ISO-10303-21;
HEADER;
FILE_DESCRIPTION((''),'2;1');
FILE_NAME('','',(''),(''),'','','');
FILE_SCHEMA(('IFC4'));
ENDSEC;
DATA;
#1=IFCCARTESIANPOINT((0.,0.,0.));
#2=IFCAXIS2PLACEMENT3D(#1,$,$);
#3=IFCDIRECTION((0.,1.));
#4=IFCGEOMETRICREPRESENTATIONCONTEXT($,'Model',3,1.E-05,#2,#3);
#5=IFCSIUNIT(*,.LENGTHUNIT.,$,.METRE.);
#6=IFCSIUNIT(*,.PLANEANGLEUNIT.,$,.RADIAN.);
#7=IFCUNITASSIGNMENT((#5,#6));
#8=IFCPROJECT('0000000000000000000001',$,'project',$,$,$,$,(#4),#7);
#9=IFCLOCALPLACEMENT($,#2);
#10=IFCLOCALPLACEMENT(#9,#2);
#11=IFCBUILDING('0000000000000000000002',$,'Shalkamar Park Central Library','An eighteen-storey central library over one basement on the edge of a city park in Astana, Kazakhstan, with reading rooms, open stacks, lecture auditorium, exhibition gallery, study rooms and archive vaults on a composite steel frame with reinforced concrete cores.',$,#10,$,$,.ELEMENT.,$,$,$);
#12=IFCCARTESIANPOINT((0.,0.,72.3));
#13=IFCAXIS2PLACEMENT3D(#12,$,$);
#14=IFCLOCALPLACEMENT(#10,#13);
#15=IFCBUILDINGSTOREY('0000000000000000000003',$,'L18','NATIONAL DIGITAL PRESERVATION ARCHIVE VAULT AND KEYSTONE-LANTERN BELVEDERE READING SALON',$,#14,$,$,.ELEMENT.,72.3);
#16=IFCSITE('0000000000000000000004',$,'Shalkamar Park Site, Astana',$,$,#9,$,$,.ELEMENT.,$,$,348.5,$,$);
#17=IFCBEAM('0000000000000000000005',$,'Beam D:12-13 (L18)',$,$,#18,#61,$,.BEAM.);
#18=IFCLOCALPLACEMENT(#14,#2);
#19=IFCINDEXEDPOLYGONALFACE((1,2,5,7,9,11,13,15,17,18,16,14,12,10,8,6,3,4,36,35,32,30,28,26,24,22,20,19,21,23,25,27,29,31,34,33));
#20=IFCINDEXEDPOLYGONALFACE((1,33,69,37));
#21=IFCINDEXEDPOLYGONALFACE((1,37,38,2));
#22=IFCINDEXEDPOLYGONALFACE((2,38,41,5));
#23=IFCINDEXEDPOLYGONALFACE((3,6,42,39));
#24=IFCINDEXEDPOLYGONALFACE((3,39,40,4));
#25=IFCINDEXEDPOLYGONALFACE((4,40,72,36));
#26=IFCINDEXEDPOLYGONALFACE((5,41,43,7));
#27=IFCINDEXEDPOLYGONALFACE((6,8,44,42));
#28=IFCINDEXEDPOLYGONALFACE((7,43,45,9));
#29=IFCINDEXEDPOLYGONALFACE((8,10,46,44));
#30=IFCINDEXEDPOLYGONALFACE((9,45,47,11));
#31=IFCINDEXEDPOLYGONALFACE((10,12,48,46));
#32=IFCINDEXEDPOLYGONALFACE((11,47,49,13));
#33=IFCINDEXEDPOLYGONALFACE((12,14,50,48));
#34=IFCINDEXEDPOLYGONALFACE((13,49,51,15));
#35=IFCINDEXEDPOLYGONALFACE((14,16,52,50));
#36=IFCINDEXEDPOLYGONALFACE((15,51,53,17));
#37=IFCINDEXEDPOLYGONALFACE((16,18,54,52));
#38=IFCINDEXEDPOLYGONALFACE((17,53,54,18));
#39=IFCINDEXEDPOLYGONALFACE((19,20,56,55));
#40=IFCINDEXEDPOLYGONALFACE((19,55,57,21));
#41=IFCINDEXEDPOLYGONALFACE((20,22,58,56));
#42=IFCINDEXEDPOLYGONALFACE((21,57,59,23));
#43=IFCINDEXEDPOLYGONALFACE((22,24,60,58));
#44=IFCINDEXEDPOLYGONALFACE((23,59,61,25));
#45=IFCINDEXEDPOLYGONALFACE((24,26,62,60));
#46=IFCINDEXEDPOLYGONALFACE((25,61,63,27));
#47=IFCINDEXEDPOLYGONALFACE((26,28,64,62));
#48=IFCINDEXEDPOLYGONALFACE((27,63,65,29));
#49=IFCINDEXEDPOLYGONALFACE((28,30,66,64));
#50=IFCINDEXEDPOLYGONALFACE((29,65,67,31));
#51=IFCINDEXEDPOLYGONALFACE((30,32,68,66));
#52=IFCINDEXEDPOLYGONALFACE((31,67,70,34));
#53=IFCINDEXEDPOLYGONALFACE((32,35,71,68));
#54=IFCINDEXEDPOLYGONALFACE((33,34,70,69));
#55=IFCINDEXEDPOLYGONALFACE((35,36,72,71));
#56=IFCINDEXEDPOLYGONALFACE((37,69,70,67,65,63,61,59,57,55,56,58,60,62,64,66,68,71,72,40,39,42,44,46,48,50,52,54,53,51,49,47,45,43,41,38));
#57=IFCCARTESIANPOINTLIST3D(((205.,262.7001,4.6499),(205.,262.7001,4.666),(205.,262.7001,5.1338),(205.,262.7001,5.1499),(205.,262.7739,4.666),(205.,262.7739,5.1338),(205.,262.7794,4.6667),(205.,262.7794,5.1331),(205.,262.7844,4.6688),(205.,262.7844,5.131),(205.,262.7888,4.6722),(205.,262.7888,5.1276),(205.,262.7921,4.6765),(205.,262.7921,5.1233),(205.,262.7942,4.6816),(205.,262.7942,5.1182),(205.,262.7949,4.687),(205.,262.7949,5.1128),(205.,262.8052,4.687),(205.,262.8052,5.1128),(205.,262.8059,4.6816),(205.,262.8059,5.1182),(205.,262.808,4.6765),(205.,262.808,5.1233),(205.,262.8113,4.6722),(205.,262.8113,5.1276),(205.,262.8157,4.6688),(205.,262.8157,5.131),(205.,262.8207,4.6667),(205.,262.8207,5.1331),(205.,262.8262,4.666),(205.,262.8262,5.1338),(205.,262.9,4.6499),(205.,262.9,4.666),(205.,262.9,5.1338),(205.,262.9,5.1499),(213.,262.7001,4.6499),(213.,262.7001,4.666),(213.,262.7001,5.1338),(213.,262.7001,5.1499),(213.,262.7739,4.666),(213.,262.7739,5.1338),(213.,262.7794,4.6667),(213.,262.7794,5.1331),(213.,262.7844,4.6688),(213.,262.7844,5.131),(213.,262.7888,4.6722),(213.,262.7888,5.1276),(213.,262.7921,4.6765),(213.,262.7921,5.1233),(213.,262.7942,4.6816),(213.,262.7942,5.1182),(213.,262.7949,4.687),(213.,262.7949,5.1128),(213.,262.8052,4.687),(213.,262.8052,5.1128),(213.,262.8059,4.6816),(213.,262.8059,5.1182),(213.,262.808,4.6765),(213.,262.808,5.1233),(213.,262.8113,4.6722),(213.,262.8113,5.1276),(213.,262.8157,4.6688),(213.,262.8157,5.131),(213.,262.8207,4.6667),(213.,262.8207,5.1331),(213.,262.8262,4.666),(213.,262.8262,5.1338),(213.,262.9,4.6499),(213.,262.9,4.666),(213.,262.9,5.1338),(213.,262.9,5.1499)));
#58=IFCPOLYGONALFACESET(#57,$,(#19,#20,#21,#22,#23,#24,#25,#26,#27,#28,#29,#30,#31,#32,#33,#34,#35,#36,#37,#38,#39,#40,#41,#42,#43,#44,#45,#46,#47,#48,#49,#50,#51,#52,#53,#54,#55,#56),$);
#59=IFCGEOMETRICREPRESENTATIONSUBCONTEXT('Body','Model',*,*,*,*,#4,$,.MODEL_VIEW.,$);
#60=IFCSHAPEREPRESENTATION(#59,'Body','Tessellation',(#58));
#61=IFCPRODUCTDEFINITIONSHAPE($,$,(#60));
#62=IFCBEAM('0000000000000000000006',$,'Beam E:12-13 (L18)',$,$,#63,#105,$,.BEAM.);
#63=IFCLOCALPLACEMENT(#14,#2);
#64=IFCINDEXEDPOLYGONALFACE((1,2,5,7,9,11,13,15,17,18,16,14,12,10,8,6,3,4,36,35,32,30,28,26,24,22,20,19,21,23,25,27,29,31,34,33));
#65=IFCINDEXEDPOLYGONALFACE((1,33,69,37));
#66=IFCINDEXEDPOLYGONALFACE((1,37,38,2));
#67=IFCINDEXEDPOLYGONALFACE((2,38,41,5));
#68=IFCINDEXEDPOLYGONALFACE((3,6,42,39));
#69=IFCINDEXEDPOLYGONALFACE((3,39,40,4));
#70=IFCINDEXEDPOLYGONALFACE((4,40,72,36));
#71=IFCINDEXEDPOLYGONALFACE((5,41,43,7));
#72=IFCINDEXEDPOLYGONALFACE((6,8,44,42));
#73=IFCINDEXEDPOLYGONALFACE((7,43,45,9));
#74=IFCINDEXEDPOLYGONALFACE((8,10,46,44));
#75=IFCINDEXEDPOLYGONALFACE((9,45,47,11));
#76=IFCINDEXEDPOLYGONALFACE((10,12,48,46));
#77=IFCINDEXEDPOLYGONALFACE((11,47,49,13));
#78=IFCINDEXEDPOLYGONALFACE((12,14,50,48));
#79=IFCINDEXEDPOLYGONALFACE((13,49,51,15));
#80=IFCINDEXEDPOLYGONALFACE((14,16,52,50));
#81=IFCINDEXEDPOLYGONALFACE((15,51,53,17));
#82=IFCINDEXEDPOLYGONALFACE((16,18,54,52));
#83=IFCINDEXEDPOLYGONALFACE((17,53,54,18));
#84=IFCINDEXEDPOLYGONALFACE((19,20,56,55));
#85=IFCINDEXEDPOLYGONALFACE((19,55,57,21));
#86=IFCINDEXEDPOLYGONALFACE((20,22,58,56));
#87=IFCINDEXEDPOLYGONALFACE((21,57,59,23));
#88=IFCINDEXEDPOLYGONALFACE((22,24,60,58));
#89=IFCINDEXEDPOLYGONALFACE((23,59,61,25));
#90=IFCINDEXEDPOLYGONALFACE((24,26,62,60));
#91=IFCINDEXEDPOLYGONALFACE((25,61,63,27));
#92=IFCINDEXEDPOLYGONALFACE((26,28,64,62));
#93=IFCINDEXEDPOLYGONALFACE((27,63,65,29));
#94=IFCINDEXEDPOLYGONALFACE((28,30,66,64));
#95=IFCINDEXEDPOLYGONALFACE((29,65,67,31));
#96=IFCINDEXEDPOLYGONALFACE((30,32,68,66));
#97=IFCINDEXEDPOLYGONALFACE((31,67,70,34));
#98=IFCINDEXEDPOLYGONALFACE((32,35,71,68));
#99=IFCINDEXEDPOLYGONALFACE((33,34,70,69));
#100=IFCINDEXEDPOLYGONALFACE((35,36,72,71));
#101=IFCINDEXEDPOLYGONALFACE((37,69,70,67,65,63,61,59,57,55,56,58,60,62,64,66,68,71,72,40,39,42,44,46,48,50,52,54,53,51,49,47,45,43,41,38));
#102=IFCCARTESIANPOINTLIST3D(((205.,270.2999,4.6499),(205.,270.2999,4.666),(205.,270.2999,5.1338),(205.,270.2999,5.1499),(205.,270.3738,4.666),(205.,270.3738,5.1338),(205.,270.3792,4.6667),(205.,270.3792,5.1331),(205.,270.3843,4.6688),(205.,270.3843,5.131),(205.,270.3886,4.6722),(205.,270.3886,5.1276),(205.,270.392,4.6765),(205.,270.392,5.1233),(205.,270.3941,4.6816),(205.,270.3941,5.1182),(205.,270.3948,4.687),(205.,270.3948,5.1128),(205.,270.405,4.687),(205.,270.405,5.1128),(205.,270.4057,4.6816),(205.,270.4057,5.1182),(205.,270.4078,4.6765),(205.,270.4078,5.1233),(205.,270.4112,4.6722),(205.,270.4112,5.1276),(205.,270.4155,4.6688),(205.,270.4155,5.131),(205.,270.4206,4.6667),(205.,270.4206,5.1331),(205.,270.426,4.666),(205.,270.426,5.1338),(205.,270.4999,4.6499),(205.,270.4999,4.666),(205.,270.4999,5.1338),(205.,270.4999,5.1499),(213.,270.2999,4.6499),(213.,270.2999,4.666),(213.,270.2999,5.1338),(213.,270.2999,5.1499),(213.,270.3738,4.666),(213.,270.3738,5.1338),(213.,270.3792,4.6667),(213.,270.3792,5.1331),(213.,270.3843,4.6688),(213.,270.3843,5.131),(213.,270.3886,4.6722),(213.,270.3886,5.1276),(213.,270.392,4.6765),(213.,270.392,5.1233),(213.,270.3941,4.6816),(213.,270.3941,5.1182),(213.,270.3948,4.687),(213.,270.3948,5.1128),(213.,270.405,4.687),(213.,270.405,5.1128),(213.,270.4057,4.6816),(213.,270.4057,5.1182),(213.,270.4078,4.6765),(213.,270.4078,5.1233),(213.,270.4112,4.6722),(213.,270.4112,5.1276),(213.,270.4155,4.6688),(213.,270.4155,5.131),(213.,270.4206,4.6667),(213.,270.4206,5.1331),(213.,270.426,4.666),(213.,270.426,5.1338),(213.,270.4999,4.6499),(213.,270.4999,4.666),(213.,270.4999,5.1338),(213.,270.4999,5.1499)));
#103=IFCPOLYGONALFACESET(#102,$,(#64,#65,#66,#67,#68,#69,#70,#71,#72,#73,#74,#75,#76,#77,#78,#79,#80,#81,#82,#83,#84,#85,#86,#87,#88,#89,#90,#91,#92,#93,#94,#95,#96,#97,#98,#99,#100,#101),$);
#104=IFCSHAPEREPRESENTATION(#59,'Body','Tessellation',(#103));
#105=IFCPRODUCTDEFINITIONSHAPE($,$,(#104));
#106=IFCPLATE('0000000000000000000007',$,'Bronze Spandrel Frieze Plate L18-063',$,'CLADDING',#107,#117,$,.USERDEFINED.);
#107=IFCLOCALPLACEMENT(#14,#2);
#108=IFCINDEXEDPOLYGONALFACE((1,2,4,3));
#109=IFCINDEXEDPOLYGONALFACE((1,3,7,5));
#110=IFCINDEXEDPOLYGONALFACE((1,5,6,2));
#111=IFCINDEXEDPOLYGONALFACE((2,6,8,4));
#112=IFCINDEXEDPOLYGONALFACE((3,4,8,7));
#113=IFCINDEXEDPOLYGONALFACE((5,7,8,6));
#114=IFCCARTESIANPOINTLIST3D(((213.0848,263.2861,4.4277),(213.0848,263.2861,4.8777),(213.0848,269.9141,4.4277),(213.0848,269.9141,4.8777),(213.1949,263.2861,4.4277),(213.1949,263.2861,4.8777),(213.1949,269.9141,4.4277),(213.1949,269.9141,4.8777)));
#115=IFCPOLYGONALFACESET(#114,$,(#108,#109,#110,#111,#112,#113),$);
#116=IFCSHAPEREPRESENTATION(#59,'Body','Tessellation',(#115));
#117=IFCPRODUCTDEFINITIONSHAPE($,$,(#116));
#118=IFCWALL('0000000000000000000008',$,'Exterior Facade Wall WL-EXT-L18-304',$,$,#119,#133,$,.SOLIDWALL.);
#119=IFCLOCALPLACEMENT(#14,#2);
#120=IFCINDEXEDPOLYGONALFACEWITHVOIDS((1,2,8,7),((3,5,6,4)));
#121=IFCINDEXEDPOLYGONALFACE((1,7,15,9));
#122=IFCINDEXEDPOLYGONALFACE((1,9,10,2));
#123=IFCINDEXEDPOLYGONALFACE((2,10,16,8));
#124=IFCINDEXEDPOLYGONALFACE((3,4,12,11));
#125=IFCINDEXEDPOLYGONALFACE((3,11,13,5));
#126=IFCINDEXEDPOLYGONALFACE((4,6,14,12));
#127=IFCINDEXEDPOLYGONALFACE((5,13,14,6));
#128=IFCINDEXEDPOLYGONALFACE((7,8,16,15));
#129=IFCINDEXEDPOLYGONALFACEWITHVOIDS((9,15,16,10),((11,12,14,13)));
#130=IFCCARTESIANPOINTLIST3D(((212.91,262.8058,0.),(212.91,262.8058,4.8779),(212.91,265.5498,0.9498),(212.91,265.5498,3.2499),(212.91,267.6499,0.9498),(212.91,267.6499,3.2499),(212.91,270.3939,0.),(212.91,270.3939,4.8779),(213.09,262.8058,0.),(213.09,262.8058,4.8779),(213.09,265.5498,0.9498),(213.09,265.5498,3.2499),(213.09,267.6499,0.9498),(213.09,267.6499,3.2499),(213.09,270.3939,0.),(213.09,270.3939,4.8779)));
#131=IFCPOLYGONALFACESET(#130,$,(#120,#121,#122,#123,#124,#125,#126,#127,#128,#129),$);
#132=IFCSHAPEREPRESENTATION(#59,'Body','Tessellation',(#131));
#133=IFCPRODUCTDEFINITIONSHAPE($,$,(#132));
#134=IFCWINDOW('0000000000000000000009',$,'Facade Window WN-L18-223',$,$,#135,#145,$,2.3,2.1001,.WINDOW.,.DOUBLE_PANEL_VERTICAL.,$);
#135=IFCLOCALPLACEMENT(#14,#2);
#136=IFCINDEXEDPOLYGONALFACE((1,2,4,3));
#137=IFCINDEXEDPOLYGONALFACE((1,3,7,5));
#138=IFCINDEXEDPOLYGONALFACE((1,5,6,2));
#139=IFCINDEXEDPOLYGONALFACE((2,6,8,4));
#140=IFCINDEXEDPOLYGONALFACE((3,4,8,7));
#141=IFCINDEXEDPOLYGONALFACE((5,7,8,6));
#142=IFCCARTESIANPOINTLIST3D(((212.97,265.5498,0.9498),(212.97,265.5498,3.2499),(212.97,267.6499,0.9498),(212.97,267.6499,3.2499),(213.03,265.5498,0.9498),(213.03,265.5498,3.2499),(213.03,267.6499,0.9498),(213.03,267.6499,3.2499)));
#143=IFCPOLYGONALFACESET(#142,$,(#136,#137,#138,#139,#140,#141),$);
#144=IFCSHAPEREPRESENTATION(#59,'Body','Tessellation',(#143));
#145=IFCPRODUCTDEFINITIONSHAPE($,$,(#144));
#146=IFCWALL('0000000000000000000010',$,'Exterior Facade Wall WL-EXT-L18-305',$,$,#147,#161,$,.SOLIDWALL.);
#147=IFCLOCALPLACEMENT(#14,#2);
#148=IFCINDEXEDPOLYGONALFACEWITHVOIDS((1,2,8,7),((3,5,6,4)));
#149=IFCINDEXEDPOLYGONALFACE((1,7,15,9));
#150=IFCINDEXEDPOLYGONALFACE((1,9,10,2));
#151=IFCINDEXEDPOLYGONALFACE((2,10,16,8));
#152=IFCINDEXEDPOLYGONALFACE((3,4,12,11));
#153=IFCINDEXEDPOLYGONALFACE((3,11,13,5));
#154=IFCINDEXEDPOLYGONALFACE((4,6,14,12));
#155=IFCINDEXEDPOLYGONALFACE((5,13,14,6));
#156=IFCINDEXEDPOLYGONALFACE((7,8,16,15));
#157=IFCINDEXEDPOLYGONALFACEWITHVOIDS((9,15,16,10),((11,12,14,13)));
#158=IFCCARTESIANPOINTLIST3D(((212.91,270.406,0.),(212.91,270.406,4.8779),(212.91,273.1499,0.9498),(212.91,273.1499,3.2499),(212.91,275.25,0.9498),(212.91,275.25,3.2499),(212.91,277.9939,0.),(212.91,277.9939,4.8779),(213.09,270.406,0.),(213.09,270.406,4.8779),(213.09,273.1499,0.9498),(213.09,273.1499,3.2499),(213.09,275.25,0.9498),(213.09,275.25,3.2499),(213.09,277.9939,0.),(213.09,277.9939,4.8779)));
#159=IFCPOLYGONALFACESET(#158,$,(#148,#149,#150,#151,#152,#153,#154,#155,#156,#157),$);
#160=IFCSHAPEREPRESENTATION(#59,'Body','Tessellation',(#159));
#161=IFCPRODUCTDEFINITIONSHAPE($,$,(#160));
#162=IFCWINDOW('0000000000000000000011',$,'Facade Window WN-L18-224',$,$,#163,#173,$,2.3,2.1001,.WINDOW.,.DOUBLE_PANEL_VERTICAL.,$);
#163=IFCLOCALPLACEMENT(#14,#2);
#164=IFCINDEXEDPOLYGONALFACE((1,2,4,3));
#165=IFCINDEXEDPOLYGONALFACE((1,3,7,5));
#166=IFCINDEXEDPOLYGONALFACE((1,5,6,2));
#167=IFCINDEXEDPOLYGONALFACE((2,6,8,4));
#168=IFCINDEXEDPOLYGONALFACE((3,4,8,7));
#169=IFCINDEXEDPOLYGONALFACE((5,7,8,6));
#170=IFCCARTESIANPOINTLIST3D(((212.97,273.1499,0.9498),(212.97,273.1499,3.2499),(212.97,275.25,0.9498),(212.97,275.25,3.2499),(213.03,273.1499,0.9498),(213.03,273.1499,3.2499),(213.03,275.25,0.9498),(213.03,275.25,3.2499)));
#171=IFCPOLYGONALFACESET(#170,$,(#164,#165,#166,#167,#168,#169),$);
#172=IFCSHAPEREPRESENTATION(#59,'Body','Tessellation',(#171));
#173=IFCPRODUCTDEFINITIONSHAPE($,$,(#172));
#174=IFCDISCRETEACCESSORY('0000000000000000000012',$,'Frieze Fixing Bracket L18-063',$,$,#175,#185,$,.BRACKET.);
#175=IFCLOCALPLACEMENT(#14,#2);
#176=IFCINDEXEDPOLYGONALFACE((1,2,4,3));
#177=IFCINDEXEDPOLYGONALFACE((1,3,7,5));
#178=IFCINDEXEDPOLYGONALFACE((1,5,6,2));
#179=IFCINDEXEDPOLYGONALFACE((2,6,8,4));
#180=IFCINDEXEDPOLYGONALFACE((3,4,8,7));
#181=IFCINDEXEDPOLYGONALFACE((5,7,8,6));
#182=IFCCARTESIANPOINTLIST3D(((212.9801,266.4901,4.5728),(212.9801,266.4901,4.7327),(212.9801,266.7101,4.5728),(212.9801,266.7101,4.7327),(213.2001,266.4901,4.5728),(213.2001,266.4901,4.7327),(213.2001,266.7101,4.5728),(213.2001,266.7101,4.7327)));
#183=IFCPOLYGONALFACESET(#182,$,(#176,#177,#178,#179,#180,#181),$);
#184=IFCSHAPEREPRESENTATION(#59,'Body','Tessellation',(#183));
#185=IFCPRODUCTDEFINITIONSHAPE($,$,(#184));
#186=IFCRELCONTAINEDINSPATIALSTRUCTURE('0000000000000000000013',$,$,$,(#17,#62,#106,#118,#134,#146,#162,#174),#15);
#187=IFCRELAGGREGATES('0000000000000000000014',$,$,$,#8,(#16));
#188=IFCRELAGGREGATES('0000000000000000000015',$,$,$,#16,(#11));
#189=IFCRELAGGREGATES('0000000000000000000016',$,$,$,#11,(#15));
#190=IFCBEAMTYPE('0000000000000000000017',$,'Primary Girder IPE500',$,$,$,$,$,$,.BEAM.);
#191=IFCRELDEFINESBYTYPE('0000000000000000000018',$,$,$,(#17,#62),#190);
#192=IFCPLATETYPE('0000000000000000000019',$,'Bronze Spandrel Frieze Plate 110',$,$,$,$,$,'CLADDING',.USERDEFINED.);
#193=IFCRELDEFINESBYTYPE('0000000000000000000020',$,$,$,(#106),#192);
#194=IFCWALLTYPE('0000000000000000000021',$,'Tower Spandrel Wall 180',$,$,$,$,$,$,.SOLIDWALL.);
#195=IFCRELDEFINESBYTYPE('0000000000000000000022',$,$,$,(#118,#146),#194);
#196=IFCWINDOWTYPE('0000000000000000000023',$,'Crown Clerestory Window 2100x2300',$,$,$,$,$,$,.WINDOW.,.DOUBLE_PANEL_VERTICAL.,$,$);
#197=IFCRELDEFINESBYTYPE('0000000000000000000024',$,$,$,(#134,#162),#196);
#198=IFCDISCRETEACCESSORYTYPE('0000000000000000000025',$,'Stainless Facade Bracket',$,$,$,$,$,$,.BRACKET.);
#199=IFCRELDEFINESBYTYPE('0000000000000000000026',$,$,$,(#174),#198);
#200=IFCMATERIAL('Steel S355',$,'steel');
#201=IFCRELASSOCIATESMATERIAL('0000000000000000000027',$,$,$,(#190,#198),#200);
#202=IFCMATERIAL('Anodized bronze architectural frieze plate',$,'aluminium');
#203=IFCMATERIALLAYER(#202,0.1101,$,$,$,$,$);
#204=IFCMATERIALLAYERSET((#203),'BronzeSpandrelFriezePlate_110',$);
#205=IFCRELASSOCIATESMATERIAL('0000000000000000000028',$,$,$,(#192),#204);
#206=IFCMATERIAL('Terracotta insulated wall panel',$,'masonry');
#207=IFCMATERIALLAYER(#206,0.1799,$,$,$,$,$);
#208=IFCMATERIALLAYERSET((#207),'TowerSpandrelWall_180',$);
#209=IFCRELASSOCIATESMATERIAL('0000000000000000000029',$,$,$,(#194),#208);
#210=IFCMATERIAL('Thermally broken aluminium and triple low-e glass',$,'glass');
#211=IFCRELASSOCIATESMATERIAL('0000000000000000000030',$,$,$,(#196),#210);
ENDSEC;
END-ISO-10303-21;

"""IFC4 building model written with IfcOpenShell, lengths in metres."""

from ifc_helpers import new_model, si_unit, direction, frame, frame_2d, origin, origin_2d, place, context, subcontext, project, spatial, rectangle, i_section, extrude, material, layer, layer_set, material_profile, profile_set, type_object, element, fill, save


model = new_model("IFC4")

# Units and contexts
model_context = context("Model", 3, precision=1e-05, world=origin(), true_north=direction((0.0, 1.0)))
body_context = subcontext(model_context, "Body", "Model", "MODEL_VIEW")
ifc_project = project(units=[si_unit("LENGTHUNIT", "METRE"), si_unit("PLANEANGLEUNIT", "RADIAN")], contexts=[model_context])

# Site, building, storey
site_placement = place(None, origin())
site = spatial("IfcSite", under=ifc_project, at=site_placement, Name="Shalkamar Park Site, Astana", CompositionType="ELEMENT", RefElevation=348.5)
building_placement = place(site_placement, origin())
building = spatial("IfcBuilding", under=site, at=building_placement, Name="Shalkamar Park Central Library", Description="An eighteen-storey central library over one basement on the edge of a city park in Astana, Kazakhstan, with reading rooms, open stacks, lecture auditorium, exhibition gallery, study rooms and archive vaults on a composite steel frame with reinforced concrete cores.", CompositionType="ELEMENT")
storey_placement = place(building_placement, frame((0.0, 0.0, 72.3)))
storey = spatial("IfcBuildingStorey", under=building, at=storey_placement, Name="L18", Description="NATIONAL DIGITAL PRESERVATION ARCHIVE VAULT AND KEYSTONE-LANTERN BELVEDERE READING SALON", CompositionType="ELEMENT", Elevation=72.3)

# Shared definitions
ifc_material_1 = material(Name="Steel S355", Category="steel")

# Beams
ifc_material_profile_1 = material_profile(ifc_material_1, i_section(OverallWidth=0.2, OverallDepth=0.5, WebThickness=0.0103, FlangeThickness=0.0161, FilletRadius=0.021, at=origin_2d()), Name="IPE 500")
ifc_profile_set_1 = profile_set([ifc_material_profile_1], Name="Steel S355")
beam_type_1 = type_object("IfcBeamType", Name="Primary Girder IPE500", PredefinedType="BEAM", material=ifc_profile_set_1)
for number, where, z_axis, x_axis, name in (
    (1, (205.0, 262.8, 4.8999), (1.0, 0.0, 0.0), (0.0, 1.0, 0.0), "Beam D:12-13 (L18)"),
    (2, (205.0, 270.3999, 4.8999), (1.0, 0.0, 0.0), (0.0, 1.0, 0.0), "Beam E:12-13 (L18)"),
):
    element("IfcBeam", number, at=place(storey_placement, frame(where, z_axis=z_axis, x_axis=x_axis)), inside=storey, type_object=beam_type_1, Name=name, PredefinedType="BEAM", context=body_context, shape_type="SweptSolid", body=[
        extrude(i_section(OverallWidth=0.2, OverallDepth=0.5, WebThickness=0.0103, FlangeThickness=0.0161, FilletRadius=0.021, at=origin_2d()), origin(), (0.0, 0.0, 1.0), 8.0),
    ])

# Plate
ifc_material_2 = material(Name="Anodized bronze architectural frieze plate", Category="aluminium")
ifc_layer_1 = layer(ifc_material_2, 0.1101)
ifc_layer_set_1 = layer_set([ifc_layer_1], Name="BronzeSpandrelFriezePlate_110")
plate_type = type_object("IfcPlateType", Name="Bronze Spandrel Frieze Plate 110", ElementType="CLADDING", PredefinedType="USERDEFINED", material=ifc_layer_set_1)
plate_placement = place(storey_placement, frame((213.1399, 266.6001, 4.4277), z_axis=(0.0, 0.0, 1.0), x_axis=(1.0, 0.0, 0.0)))
element("IfcPlate", 3, at=plate_placement, inside=storey, type_object=plate_type, Name="Bronze Spandrel Frieze Plate L18-063", ObjectType="CLADDING", PredefinedType="USERDEFINED", context=body_context, shape_type="SweptSolid", body=[
    extrude(rectangle(XDim=0.1101, YDim=6.6279, at=origin_2d()), origin(), (0.0, 0.0, 1.0), 0.45),
])

# Walls, openings, windows
ifc_material_3 = material(Name="Terracotta insulated wall panel", Category="masonry")
ifc_layer_2 = layer(ifc_material_3, 0.1799)
ifc_layer_set_2 = layer_set([ifc_layer_2], Name="TowerSpandrelWall_180")
wall_type = type_object("IfcWallType", Name="Tower Spandrel Wall 180", PredefinedType="SOLIDWALL", material=ifc_layer_set_2)
wall_1_placement = place(storey_placement, frame((213.0, 262.8059, 0.0), z_axis=(0.0, 0.0, 1.0), x_axis=(0.0, 1.0, 0.0)))
wall_1 = element("IfcWall", 4, at=wall_1_placement, inside=storey, type_object=wall_type, Name="Exterior Facade Wall WL-EXT-L18-304", PredefinedType="SOLIDWALL", context=body_context, shape_type="SweptSolid", body=[
    extrude(rectangle(XDim=7.5881, YDim=0.1799, at=frame_2d((3.7939, 0.0))), origin(), (0.0, 0.0, 1.0), 4.8779),
])
opening_1_placement = place(wall_1_placement, frame((2.7439, 0.0, 0.95)))
opening_1 = element("IfcOpeningElement", 5, at=opening_1_placement, cuts=wall_1, PredefinedType="OPENING", context=body_context, shape_type="SweptSolid", body=[
    extrude(rectangle(XDim=2.1001, YDim=2.3, at=frame_2d((1.05, 1.1499))), frame((0.0, 0.105, 0.0), z_axis=(0.0, -1.0, 0.0), x_axis=(1.0, 0.0, 0.0)), (0.0, 0.0, 1.0), 0.2097),
])
ifc_material_4 = material(Name="Thermally broken aluminium and triple low-e glass", Category="glass")
window_type = type_object("IfcWindowType", Name="Crown Clerestory Window 2100x2300", PartitioningType="DOUBLE_PANEL_VERTICAL", PredefinedType="WINDOW", material=ifc_material_4)
window_1_placement = place(opening_1_placement, origin())
window_1 = element("IfcWindow", 6, at=window_1_placement, inside=storey, type_object=window_type, Name="Facade Window WN-L18-223", OverallHeight=2.3, OverallWidth=2.1001, PartitioningType="DOUBLE_PANEL_VERTICAL", PredefinedType="WINDOW", context=body_context, shape_type="SweptSolid", body=[
    extrude(rectangle(XDim=2.1001, YDim=2.3, at=frame_2d((1.05, 1.1499))), frame((0.0, 0.03, 0.0), z_axis=(0.0, -1.0, 0.0), x_axis=(1.0, 0.0, 0.0)), (0.0, 0.0, 1.0), 0.0601),
])
fill(opening_1, window_1)
wall_2_placement = place(storey_placement, frame((213.0, 270.406, 0.0), z_axis=(0.0, 0.0, 1.0), x_axis=(0.0, 1.0, 0.0)))
wall_2 = element("IfcWall", 7, at=wall_2_placement, inside=storey, type_object=wall_type, Name="Exterior Facade Wall WL-EXT-L18-305", PredefinedType="SOLIDWALL", context=body_context, shape_type="SweptSolid", body=[
    extrude(rectangle(XDim=7.5879, YDim=0.1799, at=frame_2d((3.7939, 0.0))), origin(), (0.0, 0.0, 1.0), 4.8779),
])
opening_2_placement = place(wall_2_placement, frame((2.7439, 0.0, 0.95)))
opening_2 = element("IfcOpeningElement", 8, at=opening_2_placement, cuts=wall_2, PredefinedType="OPENING", context=body_context, shape_type="SweptSolid", body=[
    extrude(rectangle(XDim=2.1001, YDim=2.3, at=frame_2d((1.05, 1.1499))), frame((0.0, 0.105, 0.0), z_axis=(0.0, -1.0, 0.0), x_axis=(1.0, 0.0, 0.0)), (0.0, 0.0, 1.0), 0.2097),
])
window_2_placement = place(opening_2_placement, origin())
window_2 = element("IfcWindow", 9, at=window_2_placement, inside=storey, type_object=window_type, Name="Facade Window WN-L18-224", OverallHeight=2.3, OverallWidth=2.1001, PartitioningType="DOUBLE_PANEL_VERTICAL", PredefinedType="WINDOW", context=body_context, shape_type="SweptSolid", body=[
    extrude(rectangle(XDim=2.1001, YDim=2.3, at=frame_2d((1.05, 1.1499))), frame((0.0, 0.03, 0.0), z_axis=(0.0, -1.0, 0.0), x_axis=(1.0, 0.0, 0.0)), (0.0, 0.0, 1.0), 0.0601),
])
fill(opening_2, window_2)

# Discrete accessory
discrete_accessory_type = type_object("IfcDiscreteAccessoryType", Name="Stainless Facade Bracket", PredefinedType="BRACKET", material=ifc_material_1)
discrete_accessory_placement = place(storey_placement, frame((213.0901, 266.6001, 4.5728), z_axis=(0.0, 0.0, 1.0), x_axis=(1.0, 0.0, 0.0)))
element("IfcDiscreteAccessory", 10, at=discrete_accessory_placement, inside=storey, type_object=discrete_accessory_type, Name="Frieze Fixing Bracket L18-063", PredefinedType="BRACKET", context=body_context, shape_type="SweptSolid", body=[
    extrude(rectangle(XDim=0.22, YDim=0.22, at=origin_2d()), origin(), (0.0, 0.0, 1.0), 0.1599),
])

save(model, "model.ifc")
